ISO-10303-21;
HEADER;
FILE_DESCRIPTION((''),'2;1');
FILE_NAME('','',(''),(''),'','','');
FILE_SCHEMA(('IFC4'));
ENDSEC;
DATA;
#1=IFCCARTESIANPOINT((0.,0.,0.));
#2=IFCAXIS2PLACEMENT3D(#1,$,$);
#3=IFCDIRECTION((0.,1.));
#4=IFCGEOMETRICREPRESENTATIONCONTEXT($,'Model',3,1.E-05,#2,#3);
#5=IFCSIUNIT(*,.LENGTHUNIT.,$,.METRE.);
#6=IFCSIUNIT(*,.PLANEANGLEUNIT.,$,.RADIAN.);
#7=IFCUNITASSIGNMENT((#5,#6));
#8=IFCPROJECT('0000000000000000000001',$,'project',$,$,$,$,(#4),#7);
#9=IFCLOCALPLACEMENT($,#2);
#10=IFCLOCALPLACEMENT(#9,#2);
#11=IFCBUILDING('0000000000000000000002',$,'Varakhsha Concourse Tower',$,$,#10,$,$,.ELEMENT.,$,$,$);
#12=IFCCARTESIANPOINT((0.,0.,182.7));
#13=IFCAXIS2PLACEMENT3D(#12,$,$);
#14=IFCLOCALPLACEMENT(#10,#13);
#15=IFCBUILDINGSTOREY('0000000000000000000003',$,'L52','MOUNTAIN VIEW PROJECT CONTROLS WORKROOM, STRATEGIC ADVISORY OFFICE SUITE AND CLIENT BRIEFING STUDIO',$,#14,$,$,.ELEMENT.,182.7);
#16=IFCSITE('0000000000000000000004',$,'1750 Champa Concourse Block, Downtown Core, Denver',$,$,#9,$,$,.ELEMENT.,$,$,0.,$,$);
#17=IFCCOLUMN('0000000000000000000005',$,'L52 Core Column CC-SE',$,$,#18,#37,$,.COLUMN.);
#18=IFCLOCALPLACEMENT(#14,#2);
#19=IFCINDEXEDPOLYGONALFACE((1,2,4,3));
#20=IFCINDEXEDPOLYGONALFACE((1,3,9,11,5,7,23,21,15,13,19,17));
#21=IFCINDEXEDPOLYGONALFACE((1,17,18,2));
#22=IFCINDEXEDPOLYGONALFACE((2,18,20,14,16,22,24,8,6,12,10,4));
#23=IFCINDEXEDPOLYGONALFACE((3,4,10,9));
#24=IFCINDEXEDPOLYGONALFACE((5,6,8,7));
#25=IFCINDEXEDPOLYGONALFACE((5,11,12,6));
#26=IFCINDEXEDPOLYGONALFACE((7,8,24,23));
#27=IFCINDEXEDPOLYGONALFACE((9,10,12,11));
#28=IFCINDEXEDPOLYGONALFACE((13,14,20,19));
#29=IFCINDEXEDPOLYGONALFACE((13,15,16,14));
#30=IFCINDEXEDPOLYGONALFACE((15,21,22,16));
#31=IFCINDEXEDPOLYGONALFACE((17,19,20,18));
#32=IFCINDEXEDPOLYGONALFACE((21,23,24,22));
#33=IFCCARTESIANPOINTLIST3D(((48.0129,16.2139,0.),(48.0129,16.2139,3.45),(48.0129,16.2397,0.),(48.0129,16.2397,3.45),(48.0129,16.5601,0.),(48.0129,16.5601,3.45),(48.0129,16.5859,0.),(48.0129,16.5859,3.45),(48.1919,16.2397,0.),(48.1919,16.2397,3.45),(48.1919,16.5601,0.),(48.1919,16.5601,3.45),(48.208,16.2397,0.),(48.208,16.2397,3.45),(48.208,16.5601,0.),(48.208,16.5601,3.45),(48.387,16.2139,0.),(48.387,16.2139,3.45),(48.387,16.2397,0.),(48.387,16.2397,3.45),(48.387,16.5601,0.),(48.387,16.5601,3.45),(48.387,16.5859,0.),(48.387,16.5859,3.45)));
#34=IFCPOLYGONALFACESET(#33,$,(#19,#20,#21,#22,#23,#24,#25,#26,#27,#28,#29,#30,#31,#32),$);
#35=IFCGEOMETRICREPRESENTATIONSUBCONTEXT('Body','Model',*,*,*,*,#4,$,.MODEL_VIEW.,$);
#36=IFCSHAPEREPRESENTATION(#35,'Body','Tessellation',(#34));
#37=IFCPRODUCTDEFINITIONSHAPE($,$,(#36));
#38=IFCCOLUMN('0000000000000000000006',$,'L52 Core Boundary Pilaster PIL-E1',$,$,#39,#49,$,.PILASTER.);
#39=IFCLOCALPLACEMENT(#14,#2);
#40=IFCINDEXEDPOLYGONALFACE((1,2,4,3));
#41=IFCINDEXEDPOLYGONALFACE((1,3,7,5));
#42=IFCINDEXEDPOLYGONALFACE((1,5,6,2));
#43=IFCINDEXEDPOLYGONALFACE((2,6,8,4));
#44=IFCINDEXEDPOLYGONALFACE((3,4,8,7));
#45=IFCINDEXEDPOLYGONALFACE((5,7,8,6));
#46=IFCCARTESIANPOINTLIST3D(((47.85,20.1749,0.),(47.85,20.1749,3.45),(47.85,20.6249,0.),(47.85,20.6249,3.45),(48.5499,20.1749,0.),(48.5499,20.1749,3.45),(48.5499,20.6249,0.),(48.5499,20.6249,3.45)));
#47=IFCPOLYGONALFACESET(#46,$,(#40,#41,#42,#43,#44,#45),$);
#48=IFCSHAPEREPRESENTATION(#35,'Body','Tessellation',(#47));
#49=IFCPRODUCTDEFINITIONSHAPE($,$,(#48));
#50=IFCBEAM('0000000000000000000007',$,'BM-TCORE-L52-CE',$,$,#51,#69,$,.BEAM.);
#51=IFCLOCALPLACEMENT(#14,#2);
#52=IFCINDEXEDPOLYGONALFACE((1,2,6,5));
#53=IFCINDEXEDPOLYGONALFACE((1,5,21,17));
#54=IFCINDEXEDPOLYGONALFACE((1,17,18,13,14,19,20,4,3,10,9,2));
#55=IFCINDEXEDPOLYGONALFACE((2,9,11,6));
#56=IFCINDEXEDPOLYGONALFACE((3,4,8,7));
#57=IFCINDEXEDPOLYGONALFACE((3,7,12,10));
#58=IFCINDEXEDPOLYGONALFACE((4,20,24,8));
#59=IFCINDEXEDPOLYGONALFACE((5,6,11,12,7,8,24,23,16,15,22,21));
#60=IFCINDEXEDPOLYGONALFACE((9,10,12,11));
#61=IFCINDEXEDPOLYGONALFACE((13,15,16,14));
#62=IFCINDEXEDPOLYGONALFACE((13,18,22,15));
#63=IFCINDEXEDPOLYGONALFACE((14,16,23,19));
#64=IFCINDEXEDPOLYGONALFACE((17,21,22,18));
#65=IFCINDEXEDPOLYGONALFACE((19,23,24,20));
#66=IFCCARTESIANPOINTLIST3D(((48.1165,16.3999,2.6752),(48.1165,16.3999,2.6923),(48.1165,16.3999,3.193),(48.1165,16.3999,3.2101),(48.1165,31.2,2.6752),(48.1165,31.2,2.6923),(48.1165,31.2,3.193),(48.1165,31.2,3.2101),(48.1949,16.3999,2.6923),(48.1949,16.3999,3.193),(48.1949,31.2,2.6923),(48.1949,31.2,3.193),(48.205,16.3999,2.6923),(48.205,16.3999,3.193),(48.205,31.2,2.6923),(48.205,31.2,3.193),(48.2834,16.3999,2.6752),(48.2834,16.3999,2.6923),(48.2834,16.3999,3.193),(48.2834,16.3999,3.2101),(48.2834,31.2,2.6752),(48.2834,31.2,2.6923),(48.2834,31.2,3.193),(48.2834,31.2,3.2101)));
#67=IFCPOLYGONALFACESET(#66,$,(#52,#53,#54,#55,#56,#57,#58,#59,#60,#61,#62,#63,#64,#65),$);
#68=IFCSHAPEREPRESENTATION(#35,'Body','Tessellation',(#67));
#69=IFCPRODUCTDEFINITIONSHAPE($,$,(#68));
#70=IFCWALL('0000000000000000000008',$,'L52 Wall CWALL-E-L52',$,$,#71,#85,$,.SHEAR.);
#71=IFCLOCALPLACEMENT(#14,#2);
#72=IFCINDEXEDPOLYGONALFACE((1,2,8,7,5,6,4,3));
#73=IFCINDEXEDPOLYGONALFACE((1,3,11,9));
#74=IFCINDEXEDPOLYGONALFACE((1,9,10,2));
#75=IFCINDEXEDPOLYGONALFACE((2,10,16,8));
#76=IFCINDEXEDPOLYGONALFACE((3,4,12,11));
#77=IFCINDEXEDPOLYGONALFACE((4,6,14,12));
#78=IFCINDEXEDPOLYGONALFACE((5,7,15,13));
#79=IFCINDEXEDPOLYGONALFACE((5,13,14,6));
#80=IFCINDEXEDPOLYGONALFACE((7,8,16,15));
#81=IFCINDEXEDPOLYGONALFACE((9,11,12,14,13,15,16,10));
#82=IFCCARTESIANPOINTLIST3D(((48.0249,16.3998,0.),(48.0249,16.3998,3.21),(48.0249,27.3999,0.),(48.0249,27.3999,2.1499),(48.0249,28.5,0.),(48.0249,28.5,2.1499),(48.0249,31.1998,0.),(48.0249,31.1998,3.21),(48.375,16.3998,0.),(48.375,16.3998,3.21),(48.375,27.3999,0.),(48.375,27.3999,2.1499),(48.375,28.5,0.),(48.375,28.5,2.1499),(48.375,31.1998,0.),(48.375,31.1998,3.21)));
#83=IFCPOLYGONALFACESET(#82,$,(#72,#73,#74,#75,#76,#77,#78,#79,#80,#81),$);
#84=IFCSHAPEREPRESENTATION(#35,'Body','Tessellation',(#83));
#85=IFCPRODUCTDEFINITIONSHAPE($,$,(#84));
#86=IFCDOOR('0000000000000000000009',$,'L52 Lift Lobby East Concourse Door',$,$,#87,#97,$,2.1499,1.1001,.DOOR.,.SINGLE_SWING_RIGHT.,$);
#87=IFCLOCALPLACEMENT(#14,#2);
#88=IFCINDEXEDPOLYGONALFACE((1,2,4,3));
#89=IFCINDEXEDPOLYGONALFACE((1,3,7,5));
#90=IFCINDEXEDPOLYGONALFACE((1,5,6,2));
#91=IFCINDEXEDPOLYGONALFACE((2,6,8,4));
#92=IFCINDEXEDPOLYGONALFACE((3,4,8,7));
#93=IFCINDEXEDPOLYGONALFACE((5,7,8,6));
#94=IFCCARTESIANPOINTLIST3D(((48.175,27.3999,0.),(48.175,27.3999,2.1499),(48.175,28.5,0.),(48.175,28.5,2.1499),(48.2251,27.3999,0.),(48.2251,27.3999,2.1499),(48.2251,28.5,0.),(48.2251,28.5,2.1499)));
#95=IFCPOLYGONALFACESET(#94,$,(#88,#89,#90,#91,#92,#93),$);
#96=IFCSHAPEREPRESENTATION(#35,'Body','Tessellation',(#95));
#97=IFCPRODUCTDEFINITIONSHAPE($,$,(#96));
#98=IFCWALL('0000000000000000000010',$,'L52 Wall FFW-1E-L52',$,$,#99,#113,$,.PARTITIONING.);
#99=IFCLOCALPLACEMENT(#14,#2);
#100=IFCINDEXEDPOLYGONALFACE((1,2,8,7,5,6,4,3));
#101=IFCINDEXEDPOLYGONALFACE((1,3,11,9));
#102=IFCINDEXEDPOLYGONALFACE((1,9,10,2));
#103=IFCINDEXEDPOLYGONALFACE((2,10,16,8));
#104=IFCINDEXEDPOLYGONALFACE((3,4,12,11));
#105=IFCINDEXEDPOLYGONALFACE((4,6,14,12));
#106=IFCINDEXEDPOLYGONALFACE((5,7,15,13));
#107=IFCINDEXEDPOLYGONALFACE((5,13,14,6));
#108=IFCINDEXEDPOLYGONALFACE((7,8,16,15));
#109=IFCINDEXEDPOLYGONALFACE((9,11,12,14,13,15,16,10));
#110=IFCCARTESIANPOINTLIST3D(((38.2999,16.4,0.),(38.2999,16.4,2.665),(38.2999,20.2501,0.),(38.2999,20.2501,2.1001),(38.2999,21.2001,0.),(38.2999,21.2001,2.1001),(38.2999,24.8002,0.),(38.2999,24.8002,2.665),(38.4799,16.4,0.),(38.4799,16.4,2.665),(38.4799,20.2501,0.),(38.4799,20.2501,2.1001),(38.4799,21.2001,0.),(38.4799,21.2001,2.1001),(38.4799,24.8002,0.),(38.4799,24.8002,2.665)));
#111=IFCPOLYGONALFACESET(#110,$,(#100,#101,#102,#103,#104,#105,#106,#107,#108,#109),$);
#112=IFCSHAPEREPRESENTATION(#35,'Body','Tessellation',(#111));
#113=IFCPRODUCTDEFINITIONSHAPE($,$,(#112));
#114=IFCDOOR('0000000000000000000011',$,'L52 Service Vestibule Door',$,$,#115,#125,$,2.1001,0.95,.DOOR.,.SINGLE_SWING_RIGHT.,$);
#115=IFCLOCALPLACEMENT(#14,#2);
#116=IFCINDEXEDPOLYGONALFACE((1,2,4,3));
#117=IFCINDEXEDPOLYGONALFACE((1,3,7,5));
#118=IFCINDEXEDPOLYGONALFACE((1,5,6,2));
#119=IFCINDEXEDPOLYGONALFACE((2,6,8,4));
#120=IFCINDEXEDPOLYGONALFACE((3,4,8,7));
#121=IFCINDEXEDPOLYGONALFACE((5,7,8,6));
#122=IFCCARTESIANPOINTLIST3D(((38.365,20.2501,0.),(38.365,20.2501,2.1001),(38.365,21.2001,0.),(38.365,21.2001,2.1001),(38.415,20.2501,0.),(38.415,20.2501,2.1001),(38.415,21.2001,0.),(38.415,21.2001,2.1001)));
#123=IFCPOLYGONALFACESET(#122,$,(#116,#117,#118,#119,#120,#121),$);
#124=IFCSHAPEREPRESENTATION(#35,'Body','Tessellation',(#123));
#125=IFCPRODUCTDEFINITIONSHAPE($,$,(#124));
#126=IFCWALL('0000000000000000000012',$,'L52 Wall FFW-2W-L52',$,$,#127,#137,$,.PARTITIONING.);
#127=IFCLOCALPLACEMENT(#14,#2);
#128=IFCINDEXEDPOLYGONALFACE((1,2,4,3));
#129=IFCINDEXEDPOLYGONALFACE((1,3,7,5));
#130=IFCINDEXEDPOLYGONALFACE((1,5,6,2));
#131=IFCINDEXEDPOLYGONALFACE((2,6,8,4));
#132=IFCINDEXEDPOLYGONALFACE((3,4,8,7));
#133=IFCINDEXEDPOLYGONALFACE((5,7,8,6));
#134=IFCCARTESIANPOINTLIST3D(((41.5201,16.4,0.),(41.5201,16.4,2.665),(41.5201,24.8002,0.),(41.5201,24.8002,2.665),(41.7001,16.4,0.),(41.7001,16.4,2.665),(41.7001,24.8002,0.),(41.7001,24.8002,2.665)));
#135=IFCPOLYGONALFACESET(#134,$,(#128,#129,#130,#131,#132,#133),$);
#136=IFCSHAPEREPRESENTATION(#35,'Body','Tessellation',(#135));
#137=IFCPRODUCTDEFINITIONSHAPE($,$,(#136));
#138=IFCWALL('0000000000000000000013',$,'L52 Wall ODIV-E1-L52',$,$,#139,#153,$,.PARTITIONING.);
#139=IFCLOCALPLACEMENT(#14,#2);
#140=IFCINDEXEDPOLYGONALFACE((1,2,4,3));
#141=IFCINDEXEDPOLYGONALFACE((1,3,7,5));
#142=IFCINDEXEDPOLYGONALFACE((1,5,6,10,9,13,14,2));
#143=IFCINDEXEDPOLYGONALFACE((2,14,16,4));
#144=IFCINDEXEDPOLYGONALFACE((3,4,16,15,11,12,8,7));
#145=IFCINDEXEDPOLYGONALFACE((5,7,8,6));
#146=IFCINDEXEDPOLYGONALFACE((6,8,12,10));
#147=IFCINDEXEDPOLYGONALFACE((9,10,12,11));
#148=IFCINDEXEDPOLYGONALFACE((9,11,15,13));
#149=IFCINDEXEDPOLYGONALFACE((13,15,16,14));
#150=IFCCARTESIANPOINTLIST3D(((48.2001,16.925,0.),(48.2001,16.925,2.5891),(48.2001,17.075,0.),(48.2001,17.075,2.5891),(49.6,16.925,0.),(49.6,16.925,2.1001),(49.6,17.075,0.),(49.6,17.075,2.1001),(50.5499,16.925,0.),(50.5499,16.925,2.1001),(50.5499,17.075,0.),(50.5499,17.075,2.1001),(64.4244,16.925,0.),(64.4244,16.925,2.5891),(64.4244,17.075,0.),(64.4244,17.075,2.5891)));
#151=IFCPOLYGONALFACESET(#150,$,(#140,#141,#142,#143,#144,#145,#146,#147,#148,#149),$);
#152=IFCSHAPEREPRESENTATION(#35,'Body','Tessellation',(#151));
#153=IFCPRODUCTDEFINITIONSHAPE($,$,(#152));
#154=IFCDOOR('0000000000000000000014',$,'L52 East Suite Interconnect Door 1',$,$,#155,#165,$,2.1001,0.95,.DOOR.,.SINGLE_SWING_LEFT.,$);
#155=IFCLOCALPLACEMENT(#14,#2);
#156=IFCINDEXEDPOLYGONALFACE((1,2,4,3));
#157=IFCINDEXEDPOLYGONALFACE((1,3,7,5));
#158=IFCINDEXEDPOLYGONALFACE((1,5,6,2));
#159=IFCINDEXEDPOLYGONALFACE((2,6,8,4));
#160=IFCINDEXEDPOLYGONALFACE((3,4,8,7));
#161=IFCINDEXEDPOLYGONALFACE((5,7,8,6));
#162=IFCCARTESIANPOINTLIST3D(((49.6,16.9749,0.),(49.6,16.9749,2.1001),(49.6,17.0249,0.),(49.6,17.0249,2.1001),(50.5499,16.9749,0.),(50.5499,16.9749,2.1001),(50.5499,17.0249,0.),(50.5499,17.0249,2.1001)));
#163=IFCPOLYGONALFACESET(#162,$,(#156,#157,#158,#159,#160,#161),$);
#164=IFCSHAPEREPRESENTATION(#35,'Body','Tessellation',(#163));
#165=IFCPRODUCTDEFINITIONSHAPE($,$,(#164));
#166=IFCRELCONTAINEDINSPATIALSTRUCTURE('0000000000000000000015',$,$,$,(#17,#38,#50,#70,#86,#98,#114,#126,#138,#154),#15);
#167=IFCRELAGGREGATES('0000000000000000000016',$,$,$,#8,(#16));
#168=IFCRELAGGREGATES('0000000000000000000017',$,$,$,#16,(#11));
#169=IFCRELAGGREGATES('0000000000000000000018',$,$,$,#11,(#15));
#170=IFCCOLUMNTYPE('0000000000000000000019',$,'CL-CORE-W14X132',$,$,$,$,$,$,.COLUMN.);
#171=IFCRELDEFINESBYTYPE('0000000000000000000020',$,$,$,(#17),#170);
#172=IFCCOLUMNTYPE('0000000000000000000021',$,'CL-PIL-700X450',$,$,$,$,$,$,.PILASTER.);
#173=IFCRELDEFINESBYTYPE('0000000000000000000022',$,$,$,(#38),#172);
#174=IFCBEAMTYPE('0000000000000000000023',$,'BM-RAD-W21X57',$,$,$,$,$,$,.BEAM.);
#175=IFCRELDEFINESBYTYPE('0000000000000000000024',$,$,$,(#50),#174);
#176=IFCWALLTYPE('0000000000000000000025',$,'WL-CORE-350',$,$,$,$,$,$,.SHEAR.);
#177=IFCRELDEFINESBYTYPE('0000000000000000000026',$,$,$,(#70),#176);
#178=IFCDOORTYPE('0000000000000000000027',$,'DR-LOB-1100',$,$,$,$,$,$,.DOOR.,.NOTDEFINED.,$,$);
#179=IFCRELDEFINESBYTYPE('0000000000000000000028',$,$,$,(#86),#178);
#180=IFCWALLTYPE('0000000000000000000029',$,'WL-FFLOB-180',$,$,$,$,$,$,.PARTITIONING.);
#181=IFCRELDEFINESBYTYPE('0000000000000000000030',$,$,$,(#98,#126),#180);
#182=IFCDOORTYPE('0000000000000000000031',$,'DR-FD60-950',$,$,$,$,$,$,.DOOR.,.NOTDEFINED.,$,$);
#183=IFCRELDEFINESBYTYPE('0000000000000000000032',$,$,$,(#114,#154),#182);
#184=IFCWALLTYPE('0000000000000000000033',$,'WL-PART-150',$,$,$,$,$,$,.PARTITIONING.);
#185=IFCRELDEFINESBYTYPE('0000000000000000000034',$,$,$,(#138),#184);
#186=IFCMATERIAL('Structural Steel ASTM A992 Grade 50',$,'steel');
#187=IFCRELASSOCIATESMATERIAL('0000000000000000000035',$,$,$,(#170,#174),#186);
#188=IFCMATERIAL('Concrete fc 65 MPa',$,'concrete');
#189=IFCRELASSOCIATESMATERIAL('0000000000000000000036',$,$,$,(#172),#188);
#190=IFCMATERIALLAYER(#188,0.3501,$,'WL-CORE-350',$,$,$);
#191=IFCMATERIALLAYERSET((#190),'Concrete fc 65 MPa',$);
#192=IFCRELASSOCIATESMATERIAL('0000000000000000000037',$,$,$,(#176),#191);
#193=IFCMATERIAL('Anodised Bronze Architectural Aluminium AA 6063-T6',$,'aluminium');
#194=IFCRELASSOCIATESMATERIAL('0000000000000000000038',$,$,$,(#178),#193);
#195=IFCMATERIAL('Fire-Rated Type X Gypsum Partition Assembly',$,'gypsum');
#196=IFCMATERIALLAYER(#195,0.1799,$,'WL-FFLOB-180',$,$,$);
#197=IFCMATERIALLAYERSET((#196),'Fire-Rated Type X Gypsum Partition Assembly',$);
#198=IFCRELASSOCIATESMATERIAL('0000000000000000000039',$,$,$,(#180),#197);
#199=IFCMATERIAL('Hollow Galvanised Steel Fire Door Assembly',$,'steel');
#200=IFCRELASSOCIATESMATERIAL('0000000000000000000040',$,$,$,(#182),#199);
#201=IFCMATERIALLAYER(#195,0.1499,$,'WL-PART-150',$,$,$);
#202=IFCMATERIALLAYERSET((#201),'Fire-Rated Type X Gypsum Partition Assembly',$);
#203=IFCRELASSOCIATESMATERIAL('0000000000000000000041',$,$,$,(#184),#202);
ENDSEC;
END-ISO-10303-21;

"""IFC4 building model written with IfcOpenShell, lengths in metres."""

from ifc_helpers import new_model, si_unit, direction, frame, frame_2d, origin, origin_2d, place, context, subcontext, project, spatial, rectangle, i_section, extrude, material, layer, layer_set, material_profile, profile_set, type_object, element, fill, save


model = new_model("IFC4")

# Units and contexts
model_context = context("Model", 3, precision=1e-05, world=origin(), true_north=direction((0.0, 1.0)))
body_context = subcontext(model_context, "Body", "Model", "MODEL_VIEW")
ifc_project = project(units=[si_unit("LENGTHUNIT", "METRE"), si_unit("PLANEANGLEUNIT", "RADIAN")], contexts=[model_context])

# Site, building, storey
site_placement = place(None, origin())
site = spatial("IfcSite", under=ifc_project, at=site_placement, Name="1750 Champa Concourse Block, Downtown Core, Denver", CompositionType="ELEMENT", RefElevation=0.0)
building_placement = place(site_placement, origin())
building = spatial("IfcBuilding", under=site, at=building_placement, Name="Varakhsha Concourse Tower", CompositionType="ELEMENT")
storey_placement = place(building_placement, frame((0.0, 0.0, 182.7)))
storey = spatial("IfcBuildingStorey", under=building, at=storey_placement, Name="L52", Description="MOUNTAIN VIEW PROJECT CONTROLS WORKROOM, STRATEGIC ADVISORY OFFICE SUITE AND CLIENT BRIEFING STUDIO", CompositionType="ELEMENT", Elevation=182.7)

# Columns
ifc_material_1 = material(Name="Structural Steel ASTM A992 Grade 50", Category="steel")
ifc_material_profile_1 = material_profile(ifc_material_1, i_section(OverallWidth=0.374, OverallDepth=0.3721, WebThickness=0.0161, FlangeThickness=0.0259, at=origin_2d()), Name="W14X132")
ifc_profile_set_1 = profile_set([ifc_material_profile_1], Name="Structural Steel ASTM A992 Grade 50")
column_type_1 = type_object("IfcColumnType", Name="CL-CORE-W14X132", PredefinedType="COLUMN", material=ifc_profile_set_1)
column_1_placement = place(storey_placement, frame((48.2, 16.3999, 0.0), z_axis=(0.0, 0.0, 1.0), x_axis=(1.0, 0.0, 0.0)))
element("IfcColumn", 1, at=column_1_placement, inside=storey, type_object=column_type_1, Name="L52 Core Column CC-SE", PredefinedType="COLUMN", context=body_context, shape_type="SweptSolid", body=[
    extrude(i_section(OverallWidth=0.374, OverallDepth=0.3721, WebThickness=0.0161, FlangeThickness=0.0259, at=origin_2d()), origin(), (0.0, 0.0, 1.0), 3.45),
])
ifc_material_2 = material(Name="Concrete fc 65 MPa", Category="concrete")
ifc_material_profile_2 = material_profile(ifc_material_2, rectangle(XDim=0.7, YDim=0.45, at=origin_2d()), Name="RC 700x450")
ifc_profile_set_2 = profile_set([ifc_material_profile_2], Name="Concrete fc 65 MPa")
column_type_2 = type_object("IfcColumnType", Name="CL-PIL-700X450", PredefinedType="PILASTER", material=ifc_profile_set_2)
column_2_placement = place(storey_placement, frame((48.2, 20.3999, 0.0), z_axis=(0.0, 0.0, 1.0), x_axis=(1.0, 0.0, 0.0)))
element("IfcColumn", 2, at=column_2_placement, inside=storey, type_object=column_type_2, Name="L52 Core Boundary Pilaster PIL-E1", PredefinedType="PILASTER", context=body_context, shape_type="SweptSolid", body=[
    extrude(rectangle(XDim=0.7, YDim=0.45, at=origin_2d()), origin(), (0.0, 0.0, 1.0), 3.45),
])

# Beam
ifc_material_profile_3 = material_profile(ifc_material_1, i_section(OverallWidth=0.167, OverallDepth=0.5349, WebThickness=0.01, FlangeThickness=0.0171, at=origin_2d()), Name="W21X57")
ifc_profile_set_3 = profile_set([ifc_material_profile_3], Name="Structural Steel ASTM A992 Grade 50")
beam_type = type_object("IfcBeamType", Name="BM-RAD-W21X57", PredefinedType="BEAM", material=ifc_profile_set_3)
beam_placement = place(storey_placement, frame((48.2, 16.3999, 2.9426), z_axis=(0.0, 1.0, 0.0), x_axis=(-1.0, 0.0, 0.0)))
element("IfcBeam", 3, at=beam_placement, inside=storey, type_object=beam_type, Name="BM-TCORE-L52-CE", PredefinedType="BEAM", context=body_context, shape_type="SweptSolid", body=[
    extrude(i_section(OverallWidth=0.167, OverallDepth=0.5349, WebThickness=0.01, FlangeThickness=0.0171, at=origin_2d()), origin(), (0.0, 0.0, 1.0), 14.8),
])

# Walls, openings, doors
ifc_layer_1 = layer(ifc_material_2, 0.3501, Name="WL-CORE-350")
ifc_layer_set_1 = layer_set([ifc_layer_1], Name="Concrete fc 65 MPa")
wall_type_1 = type_object("IfcWallType", Name="WL-CORE-350", PredefinedType="SHEAR", material=ifc_layer_set_1)
wall_1_placement = place(storey_placement, frame((48.2, 16.3999, 0.0), z_axis=(0.0, 0.0, 1.0), x_axis=(0.0, 1.0, 0.0)))
wall_1 = element("IfcWall", 4, at=wall_1_placement, inside=storey, type_object=wall_type_1, Name="L52 Wall CWALL-E-L52", PredefinedType="SHEAR", context=body_context, shape_type="SweptSolid", body=[
    extrude(rectangle(XDim=14.8, YDim=0.3501, at=frame_2d((7.3999, 0.0))), origin(), (0.0, 0.0, 1.0), 3.21),
])
opening_1_placement = place(wall_1_placement, frame((11.0, 0.0, 0.0)))
opening_1 = element("IfcOpeningElement", 5, at=opening_1_placement, cuts=wall_1, PredefinedType="OPENING", context=body_context, shape_type="SweptSolid", body=[
    extrude(rectangle(XDim=1.1001, YDim=2.1499, at=frame_2d((0.55, 1.075))), frame((0.0, 0.1851, 0.0), z_axis=(0.0, -1.0, 0.0), x_axis=(1.0, 0.0, 0.0)), (0.0, 0.0, 1.0), 0.3701),
])
ifc_material_3 = material(Name="Anodised Bronze Architectural Aluminium AA 6063-T6", Category="aluminium")
door_type_1 = type_object("IfcDoorType", Name="DR-LOB-1100", OperationType="NOTDEFINED", PredefinedType="DOOR", material=ifc_material_3)
door_1_placement = place(opening_1_placement, origin())
door_1 = element("IfcDoor", 6, at=door_1_placement, inside=storey, type_object=door_type_1, Name="L52 Lift Lobby East Concourse Door", OperationType="SINGLE_SWING_RIGHT", OverallHeight=2.1499, OverallWidth=1.1001, PredefinedType="DOOR", context=body_context, shape_type="SweptSolid", body=[
    extrude(rectangle(XDim=1.1001, YDim=2.1499, at=frame_2d((0.55, 1.075))), frame((0.0, 0.0249, 0.0), z_axis=(0.0, -1.0, 0.0), x_axis=(1.0, 0.0, 0.0)), (0.0, 0.0, 1.0), 0.05),
])
fill(opening_1, door_1)
ifc_material_4 = material(Name="Fire-Rated Type X Gypsum Partition Assembly", Category="gypsum")
ifc_layer_2 = layer(ifc_material_4, 0.1799, Name="WL-FFLOB-180")
ifc_layer_set_2 = layer_set([ifc_layer_2], Name="Fire-Rated Type X Gypsum Partition Assembly")
wall_type_2 = type_object("IfcWallType", Name="WL-FFLOB-180", PredefinedType="PARTITIONING", material=ifc_layer_set_2)
wall_2_placement = place(storey_placement, frame((38.3899, 16.3999, 0.0), z_axis=(0.0, 0.0, 1.0), x_axis=(0.0, 1.0, 0.0)))
wall_2 = element("IfcWall", 7, at=wall_2_placement, inside=storey, type_object=wall_type_2, Name="L52 Wall FFW-1E-L52", PredefinedType="PARTITIONING", context=body_context, shape_type="SweptSolid", body=[
    extrude(rectangle(XDim=8.4001, YDim=0.1799, at=frame_2d((4.2002, 0.0))), origin(), (0.0, 0.0, 1.0), 2.665),
])
opening_2_placement = place(wall_2_placement, frame((3.8501, 0.0, 0.0)))
opening_2 = element("IfcOpeningElement", 8, at=opening_2_placement, cuts=wall_2, PredefinedType="OPENING", context=body_context, shape_type="SweptSolid", body=[
    extrude(rectangle(XDim=0.95, YDim=2.1001, at=frame_2d((0.4751, 1.05))), frame((0.0, 0.0999, 0.0), z_axis=(0.0, -1.0, 0.0), x_axis=(1.0, 0.0, 0.0)), (0.0, 0.0, 1.0), 0.2),
])
ifc_material_5 = material(Name="Hollow Galvanised Steel Fire Door Assembly", Category="steel")
door_type_2 = type_object("IfcDoorType", Name="DR-FD60-950", OperationType="NOTDEFINED", PredefinedType="DOOR", material=ifc_material_5)
door_2_placement = place(opening_2_placement, origin())
door_2 = element("IfcDoor", 9, at=door_2_placement, inside=storey, type_object=door_type_2, Name="L52 Service Vestibule Door", OperationType="SINGLE_SWING_RIGHT", OverallHeight=2.1001, OverallWidth=0.95, PredefinedType="DOOR", context=body_context, shape_type="SweptSolid", body=[
    extrude(rectangle(XDim=0.95, YDim=2.1001, at=frame_2d((0.4751, 1.05))), frame((0.0, 0.0249, 0.0), z_axis=(0.0, -1.0, 0.0), x_axis=(1.0, 0.0, 0.0)), (0.0, 0.0, 1.0), 0.05),
])
fill(opening_2, door_2)

# Wall
wall_3_placement = place(storey_placement, frame((41.6101, 16.3999, 0.0), z_axis=(0.0, 0.0, 1.0), x_axis=(0.0, 1.0, 0.0)))
element("IfcWall", 10, at=wall_3_placement, inside=storey, type_object=wall_type_2, Name="L52 Wall FFW-2W-L52", PredefinedType="PARTITIONING", context=body_context, shape_type="SweptSolid", body=[
    extrude(rectangle(XDim=8.4001, YDim=0.1799, at=frame_2d((4.2002, 0.0))), origin(), (0.0, 0.0, 1.0), 2.665),
])

# Wall, opening, door
ifc_layer_3 = layer(ifc_material_4, 0.1499, Name="WL-PART-150")
ifc_layer_set_3 = layer_set([ifc_layer_3], Name="Fire-Rated Type X Gypsum Partition Assembly")
wall_type_3 = type_object("IfcWallType", Name="WL-PART-150", PredefinedType="PARTITIONING", material=ifc_layer_set_3)
wall_4_placement = place(storey_placement, frame((48.2, 17.0, 0.0), z_axis=(0.0, 0.0, 1.0), x_axis=(1.0, 0.0, 0.0)))
wall_4 = element("IfcWall", 11, at=wall_4_placement, inside=storey, type_object=wall_type_3, Name="L52 Wall ODIV-E1-L52", PredefinedType="PARTITIONING", context=body_context, shape_type="SweptSolid", body=[
    extrude(rectangle(XDim=16.2244, YDim=0.1499, at=frame_2d((8.1123, 0.0))), origin(), (0.0, 0.0, 1.0), 2.5891),
])
opening_3_placement = place(wall_4_placement, frame((1.3999, 0.0, 0.0)))
opening_3 = element("IfcOpeningElement", 12, at=opening_3_placement, cuts=wall_4, PredefinedType="OPENING", context=body_context, shape_type="SweptSolid", body=[
    extrude(rectangle(XDim=0.95, YDim=2.1001, at=frame_2d((0.4751, 1.05))), frame((0.0, 0.085, 0.0), z_axis=(0.0, -1.0, 0.0), x_axis=(1.0, 0.0, 0.0)), (0.0, 0.0, 1.0), 0.1699),
])
door_3_placement = place(opening_3_placement, origin())
door_3 = element("IfcDoor", 13, at=door_3_placement, inside=storey, type_object=door_type_2, Name="L52 East Suite Interconnect Door 1", OperationType="SINGLE_SWING_LEFT", OverallHeight=2.1001, OverallWidth=0.95, PredefinedType="DOOR", context=body_context, shape_type="SweptSolid", body=[
    extrude(rectangle(XDim=0.95, YDim=2.1001, at=frame_2d((0.4751, 1.05))), frame((0.0, 0.0249, 0.0), z_axis=(0.0, -1.0, 0.0), x_axis=(1.0, 0.0, 0.0)), (0.0, 0.0, 1.0), 0.05),
])
fill(opening_3, door_3)

save(model, "model.ifc")
